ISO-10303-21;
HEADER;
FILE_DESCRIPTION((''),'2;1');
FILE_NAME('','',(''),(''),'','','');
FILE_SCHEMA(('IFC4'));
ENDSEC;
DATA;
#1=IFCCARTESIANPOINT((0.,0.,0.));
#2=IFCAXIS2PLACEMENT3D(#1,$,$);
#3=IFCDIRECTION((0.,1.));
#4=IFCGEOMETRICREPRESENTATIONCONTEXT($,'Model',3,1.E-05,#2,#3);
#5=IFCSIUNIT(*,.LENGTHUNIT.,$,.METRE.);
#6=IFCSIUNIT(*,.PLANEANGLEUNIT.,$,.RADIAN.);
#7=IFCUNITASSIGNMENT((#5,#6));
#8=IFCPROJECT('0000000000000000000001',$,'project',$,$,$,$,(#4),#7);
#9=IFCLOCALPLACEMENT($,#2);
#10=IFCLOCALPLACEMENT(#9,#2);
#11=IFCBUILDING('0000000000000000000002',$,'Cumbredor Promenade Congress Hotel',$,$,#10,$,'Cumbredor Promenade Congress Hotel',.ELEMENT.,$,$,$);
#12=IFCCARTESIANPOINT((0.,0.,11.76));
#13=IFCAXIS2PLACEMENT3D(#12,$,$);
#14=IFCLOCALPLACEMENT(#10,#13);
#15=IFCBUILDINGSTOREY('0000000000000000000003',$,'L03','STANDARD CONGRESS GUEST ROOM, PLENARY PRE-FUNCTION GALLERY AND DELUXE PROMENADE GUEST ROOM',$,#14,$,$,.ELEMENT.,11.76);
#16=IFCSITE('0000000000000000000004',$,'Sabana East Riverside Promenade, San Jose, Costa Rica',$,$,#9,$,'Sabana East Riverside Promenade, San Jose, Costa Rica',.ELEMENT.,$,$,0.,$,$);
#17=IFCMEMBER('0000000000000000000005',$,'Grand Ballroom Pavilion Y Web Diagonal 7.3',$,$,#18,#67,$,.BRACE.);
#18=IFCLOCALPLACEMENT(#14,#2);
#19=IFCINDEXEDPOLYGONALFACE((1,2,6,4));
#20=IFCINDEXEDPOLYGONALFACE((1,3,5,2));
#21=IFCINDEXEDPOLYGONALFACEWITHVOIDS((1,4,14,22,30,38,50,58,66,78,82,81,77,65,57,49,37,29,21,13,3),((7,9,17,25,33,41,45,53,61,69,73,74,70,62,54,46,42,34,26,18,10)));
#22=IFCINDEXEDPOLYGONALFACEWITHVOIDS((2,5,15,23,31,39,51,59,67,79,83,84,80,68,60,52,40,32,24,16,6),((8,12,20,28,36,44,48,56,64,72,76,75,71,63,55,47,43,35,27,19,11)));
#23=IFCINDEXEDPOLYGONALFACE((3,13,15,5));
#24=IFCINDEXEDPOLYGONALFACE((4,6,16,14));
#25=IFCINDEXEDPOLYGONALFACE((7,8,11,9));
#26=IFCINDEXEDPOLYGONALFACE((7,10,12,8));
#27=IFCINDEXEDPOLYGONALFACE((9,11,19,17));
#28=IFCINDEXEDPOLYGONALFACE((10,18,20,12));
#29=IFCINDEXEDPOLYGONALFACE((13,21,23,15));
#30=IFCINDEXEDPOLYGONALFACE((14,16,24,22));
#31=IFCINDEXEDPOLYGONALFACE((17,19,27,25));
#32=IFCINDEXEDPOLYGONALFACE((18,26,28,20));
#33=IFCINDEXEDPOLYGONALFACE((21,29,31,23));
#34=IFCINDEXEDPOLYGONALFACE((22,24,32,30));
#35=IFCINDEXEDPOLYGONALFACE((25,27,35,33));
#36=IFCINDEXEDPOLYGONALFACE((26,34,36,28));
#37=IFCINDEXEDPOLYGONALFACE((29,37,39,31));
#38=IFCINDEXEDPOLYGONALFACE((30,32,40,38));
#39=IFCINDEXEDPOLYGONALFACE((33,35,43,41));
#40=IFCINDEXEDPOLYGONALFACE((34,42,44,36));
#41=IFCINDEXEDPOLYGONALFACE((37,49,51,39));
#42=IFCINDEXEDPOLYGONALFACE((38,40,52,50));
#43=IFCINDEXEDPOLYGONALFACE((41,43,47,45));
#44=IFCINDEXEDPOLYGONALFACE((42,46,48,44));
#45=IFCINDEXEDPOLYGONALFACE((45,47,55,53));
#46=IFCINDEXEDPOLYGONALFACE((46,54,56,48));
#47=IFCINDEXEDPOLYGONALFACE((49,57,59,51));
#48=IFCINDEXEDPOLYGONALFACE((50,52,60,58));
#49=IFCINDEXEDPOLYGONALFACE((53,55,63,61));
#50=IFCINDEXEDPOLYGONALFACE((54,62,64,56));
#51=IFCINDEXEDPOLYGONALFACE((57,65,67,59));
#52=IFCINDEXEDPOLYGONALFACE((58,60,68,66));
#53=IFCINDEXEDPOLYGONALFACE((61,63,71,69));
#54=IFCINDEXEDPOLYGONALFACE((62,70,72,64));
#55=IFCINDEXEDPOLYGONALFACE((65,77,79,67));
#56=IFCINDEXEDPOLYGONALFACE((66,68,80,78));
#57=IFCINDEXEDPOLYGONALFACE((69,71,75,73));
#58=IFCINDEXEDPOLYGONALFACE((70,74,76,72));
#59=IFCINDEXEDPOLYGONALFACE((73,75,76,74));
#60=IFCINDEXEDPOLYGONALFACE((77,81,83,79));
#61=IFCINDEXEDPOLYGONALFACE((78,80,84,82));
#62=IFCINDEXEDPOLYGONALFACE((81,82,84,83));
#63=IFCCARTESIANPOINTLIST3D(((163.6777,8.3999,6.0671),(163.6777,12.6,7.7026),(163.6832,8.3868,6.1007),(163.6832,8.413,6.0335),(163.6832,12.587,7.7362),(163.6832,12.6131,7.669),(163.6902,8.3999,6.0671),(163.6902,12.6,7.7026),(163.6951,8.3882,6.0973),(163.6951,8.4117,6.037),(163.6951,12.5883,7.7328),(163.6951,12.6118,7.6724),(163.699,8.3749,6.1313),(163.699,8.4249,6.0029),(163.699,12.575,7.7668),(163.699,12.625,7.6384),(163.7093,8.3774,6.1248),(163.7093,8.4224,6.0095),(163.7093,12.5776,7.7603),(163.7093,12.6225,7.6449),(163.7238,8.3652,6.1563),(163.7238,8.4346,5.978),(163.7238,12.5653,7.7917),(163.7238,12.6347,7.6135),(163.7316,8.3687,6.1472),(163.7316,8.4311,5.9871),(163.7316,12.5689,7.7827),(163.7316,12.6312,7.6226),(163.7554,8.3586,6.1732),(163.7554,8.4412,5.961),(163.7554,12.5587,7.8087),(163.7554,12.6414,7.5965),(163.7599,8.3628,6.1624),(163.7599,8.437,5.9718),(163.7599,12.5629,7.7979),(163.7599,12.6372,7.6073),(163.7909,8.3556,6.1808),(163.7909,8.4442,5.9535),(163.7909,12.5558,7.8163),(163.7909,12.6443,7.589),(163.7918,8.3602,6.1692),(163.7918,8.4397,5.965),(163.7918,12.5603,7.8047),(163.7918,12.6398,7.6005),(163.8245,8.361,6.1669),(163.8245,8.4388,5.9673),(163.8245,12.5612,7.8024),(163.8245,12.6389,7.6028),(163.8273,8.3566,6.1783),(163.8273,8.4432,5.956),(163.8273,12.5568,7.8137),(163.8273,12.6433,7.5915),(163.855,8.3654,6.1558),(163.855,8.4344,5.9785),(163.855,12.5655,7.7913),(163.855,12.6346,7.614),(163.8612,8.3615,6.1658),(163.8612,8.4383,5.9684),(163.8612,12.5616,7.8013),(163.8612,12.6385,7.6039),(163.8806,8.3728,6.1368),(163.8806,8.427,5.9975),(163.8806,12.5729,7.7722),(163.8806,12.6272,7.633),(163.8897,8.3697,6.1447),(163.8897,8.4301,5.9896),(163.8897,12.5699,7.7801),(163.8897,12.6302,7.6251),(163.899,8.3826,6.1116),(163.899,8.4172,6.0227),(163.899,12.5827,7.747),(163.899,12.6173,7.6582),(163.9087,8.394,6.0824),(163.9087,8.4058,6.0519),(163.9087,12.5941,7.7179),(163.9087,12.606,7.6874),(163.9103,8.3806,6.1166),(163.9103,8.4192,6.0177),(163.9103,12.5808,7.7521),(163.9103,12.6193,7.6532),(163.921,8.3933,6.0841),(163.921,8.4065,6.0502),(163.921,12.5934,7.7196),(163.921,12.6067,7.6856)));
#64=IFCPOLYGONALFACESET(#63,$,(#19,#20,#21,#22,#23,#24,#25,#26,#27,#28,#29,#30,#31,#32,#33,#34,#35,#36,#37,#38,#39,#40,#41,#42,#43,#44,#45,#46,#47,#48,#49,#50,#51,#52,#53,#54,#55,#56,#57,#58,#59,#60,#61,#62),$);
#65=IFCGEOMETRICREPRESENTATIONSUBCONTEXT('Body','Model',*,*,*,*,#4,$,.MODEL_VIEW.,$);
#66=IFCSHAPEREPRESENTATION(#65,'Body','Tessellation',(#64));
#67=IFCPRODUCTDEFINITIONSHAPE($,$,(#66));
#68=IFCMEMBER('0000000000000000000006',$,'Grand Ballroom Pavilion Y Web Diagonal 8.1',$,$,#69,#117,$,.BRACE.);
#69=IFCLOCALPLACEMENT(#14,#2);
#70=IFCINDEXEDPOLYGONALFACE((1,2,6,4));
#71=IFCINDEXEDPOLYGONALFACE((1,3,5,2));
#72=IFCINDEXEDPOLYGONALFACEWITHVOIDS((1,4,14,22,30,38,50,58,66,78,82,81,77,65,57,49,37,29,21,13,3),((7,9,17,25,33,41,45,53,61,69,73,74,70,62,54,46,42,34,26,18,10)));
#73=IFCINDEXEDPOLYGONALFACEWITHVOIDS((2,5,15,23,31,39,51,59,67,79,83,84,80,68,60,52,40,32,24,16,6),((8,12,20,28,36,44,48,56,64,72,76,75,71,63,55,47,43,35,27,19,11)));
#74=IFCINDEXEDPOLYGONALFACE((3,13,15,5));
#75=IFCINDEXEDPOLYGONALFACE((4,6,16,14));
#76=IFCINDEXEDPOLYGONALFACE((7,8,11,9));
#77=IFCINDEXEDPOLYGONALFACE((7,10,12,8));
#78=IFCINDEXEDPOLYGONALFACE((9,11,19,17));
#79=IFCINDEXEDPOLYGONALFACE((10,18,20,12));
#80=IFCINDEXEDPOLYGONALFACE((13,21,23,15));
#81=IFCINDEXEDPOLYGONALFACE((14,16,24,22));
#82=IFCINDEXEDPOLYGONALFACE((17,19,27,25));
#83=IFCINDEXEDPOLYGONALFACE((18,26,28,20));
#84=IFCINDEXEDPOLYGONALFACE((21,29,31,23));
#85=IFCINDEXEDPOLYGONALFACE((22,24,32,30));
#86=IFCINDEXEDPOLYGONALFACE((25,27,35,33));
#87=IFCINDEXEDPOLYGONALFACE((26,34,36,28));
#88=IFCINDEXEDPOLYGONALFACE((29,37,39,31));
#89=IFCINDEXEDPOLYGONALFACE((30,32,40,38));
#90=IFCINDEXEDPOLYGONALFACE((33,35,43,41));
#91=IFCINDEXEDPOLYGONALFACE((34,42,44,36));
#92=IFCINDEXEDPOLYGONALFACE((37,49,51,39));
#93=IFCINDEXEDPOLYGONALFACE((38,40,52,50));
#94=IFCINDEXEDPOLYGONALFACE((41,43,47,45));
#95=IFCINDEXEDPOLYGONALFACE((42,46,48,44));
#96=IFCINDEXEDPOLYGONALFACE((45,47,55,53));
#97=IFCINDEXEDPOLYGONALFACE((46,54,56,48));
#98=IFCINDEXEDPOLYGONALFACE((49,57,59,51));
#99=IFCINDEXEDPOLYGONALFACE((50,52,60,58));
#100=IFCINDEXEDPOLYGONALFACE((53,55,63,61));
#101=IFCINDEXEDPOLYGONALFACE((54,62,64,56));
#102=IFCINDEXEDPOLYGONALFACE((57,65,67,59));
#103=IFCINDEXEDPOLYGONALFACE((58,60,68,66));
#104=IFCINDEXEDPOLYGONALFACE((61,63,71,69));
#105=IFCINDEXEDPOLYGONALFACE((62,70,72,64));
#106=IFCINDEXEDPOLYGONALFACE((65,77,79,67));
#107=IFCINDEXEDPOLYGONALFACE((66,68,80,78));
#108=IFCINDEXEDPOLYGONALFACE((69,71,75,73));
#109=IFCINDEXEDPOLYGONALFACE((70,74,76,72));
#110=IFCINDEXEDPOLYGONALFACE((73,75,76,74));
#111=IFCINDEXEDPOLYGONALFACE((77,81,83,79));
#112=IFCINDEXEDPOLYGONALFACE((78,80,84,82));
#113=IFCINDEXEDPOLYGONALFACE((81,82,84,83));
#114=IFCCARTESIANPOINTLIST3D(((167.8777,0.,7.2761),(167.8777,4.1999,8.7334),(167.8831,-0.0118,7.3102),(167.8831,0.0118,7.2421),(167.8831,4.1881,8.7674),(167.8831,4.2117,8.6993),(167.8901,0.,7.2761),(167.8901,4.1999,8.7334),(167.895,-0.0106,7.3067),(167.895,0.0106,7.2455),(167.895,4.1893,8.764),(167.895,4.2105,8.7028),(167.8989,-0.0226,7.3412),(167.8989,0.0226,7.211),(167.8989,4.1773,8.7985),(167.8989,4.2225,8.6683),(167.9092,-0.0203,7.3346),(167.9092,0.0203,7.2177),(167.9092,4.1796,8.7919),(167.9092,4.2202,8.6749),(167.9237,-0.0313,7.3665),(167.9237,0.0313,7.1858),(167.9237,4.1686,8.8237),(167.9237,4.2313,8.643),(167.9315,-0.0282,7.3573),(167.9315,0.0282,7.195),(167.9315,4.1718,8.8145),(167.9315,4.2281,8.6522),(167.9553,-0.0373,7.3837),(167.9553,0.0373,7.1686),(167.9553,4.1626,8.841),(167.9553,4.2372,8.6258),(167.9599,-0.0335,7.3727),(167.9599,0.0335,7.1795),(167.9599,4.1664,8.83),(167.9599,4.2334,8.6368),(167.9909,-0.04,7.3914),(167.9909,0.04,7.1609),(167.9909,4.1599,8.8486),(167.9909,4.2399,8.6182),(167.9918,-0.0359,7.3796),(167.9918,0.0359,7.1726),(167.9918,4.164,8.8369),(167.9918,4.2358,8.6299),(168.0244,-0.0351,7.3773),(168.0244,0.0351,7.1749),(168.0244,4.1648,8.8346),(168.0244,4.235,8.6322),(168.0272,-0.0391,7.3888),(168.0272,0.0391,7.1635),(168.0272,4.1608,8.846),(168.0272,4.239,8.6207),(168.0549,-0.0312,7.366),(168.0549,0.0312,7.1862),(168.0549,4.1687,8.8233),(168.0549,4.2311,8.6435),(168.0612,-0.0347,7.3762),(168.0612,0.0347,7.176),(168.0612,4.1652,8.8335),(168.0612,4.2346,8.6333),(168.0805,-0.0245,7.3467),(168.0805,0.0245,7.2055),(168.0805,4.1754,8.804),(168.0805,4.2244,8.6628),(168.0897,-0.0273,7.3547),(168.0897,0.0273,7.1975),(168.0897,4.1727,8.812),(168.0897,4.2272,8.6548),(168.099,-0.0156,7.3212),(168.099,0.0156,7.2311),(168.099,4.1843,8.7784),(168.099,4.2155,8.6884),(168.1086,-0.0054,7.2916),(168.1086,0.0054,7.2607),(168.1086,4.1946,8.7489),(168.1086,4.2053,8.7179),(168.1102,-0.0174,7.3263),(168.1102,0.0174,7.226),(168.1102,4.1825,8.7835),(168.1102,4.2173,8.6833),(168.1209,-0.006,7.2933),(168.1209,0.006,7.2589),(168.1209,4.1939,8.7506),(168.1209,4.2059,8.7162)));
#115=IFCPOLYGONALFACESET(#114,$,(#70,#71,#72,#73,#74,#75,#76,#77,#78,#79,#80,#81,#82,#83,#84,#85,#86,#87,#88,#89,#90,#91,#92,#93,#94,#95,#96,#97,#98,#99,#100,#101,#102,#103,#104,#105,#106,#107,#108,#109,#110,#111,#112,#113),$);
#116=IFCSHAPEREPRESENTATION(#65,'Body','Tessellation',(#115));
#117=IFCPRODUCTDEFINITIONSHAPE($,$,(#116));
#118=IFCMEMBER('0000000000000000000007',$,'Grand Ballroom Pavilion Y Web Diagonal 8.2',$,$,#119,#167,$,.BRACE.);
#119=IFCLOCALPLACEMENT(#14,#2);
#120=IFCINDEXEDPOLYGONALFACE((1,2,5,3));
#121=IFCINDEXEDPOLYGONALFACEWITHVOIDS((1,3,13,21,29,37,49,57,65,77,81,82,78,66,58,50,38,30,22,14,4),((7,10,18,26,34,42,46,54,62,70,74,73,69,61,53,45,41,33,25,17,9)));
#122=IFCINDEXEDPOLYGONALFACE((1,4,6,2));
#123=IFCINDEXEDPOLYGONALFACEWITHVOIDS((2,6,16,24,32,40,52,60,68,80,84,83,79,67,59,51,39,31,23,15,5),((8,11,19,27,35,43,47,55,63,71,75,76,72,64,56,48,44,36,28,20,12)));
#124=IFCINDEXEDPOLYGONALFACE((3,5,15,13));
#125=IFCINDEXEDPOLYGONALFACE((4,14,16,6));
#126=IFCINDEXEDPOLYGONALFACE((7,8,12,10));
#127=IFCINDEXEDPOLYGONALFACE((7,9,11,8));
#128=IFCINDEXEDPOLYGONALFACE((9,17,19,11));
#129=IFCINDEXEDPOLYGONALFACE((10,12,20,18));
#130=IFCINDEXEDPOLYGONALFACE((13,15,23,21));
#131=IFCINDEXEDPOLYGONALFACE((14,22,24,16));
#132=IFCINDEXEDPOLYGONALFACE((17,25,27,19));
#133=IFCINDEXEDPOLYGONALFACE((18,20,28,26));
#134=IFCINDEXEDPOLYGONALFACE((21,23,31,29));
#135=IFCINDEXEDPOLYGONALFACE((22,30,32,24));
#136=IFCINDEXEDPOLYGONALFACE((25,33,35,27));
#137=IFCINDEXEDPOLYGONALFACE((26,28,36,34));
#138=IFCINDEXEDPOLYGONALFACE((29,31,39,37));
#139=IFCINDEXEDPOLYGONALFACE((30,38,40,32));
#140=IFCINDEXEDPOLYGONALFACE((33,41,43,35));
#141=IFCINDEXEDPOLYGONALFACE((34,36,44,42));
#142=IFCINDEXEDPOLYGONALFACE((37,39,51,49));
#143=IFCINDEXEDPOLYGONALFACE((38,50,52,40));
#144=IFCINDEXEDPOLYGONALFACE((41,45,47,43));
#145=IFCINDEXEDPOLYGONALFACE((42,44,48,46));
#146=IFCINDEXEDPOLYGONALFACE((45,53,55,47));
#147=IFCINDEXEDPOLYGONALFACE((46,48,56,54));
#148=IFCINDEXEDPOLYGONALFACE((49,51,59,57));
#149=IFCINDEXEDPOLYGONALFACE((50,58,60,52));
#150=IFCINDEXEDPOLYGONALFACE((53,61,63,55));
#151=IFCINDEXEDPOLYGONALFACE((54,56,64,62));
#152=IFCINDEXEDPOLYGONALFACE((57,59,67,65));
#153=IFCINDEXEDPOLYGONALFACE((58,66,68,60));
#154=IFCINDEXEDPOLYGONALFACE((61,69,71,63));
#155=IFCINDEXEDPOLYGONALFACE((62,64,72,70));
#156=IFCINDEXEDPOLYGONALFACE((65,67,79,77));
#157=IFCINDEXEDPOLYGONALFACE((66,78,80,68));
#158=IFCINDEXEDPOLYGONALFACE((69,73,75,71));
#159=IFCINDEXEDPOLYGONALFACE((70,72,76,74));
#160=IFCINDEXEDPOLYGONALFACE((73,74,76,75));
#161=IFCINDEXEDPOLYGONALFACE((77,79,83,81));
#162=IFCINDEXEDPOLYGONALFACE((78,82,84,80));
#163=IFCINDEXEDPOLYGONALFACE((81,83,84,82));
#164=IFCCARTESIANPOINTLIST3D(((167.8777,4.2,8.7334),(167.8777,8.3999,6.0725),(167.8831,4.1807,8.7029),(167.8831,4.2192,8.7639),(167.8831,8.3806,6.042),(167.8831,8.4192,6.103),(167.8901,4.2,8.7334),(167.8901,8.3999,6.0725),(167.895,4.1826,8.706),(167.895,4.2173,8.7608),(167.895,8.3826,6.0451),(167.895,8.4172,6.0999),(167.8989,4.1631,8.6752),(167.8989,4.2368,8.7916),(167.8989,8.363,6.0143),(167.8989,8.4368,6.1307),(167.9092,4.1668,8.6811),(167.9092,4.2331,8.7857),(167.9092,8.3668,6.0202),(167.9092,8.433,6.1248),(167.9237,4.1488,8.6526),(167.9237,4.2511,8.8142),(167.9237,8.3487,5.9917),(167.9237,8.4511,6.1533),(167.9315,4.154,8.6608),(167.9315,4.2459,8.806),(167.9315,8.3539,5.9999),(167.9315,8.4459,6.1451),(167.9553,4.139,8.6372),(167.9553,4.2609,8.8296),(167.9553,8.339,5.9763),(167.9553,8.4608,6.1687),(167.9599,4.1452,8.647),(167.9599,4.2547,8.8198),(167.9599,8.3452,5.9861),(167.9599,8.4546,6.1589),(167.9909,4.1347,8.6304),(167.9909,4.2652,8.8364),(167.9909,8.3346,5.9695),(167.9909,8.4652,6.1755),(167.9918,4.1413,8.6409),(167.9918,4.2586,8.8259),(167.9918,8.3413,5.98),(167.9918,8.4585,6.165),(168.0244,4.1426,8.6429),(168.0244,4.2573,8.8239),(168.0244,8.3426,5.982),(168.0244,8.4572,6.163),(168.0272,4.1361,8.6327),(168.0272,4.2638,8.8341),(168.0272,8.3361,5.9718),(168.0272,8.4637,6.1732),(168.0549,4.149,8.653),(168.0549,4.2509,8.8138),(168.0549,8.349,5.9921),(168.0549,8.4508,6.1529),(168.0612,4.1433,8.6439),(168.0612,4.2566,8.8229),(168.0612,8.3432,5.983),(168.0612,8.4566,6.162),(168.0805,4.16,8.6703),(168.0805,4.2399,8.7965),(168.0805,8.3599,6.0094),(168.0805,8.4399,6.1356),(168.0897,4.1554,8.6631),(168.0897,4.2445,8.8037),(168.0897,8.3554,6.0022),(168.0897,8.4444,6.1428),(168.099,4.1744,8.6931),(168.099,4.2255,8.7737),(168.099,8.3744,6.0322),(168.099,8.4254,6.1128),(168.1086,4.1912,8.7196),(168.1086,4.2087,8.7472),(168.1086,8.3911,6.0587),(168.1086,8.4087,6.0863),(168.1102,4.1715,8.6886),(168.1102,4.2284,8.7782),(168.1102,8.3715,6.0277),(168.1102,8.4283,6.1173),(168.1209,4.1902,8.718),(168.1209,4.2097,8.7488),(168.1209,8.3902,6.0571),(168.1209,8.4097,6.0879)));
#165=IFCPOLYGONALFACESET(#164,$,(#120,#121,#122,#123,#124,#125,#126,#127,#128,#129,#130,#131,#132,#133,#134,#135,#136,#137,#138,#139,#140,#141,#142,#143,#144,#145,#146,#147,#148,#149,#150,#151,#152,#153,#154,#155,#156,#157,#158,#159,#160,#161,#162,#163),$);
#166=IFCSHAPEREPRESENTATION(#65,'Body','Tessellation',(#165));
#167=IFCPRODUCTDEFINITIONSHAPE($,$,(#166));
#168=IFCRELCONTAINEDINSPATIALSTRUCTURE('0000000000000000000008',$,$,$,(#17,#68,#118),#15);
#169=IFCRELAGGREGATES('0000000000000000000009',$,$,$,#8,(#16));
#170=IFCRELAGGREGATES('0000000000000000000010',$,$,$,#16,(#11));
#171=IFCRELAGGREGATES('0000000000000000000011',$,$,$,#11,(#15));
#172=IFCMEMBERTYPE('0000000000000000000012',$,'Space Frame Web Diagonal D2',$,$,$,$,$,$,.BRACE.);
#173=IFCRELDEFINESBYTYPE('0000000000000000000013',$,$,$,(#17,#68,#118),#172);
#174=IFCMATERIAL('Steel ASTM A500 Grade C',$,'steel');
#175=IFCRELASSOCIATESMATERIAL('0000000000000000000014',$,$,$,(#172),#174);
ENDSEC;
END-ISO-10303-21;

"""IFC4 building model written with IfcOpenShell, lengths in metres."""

from ifc_helpers import new_model, si_unit, direction, frame, origin, origin_2d, place, context, subcontext, project, spatial, hollow_circle, extrude, material, material_profile, profile_set, type_object, element, save


model = new_model("IFC4")

# Units and contexts
model_context = context("Model", 3, precision=1e-05, world=origin(), true_north=direction((0.0, 1.0)))
body_context = subcontext(model_context, "Body", "Model", "MODEL_VIEW")
ifc_project = project(units=[si_unit("LENGTHUNIT", "METRE"), si_unit("PLANEANGLEUNIT", "RADIAN")], contexts=[model_context])

# Site, building, storey
site_placement = place(None, origin())
site = spatial("IfcSite", under=ifc_project, at=site_placement, Name="Sabana East Riverside Promenade, San Jose, Costa Rica", LongName="Sabana East Riverside Promenade, San Jose, Costa Rica", CompositionType="ELEMENT", RefElevation=0.0)
building_placement = place(site_placement, origin())
building = spatial("IfcBuilding", under=site, at=building_placement, Name="Cumbredor Promenade Congress Hotel", LongName="Cumbredor Promenade Congress Hotel", CompositionType="ELEMENT")
storey_placement = place(building_placement, frame((0.0, 0.0, 11.76)))
storey = spatial("IfcBuildingStorey", under=building, at=storey_placement, Name="L03", Description="STANDARD CONGRESS GUEST ROOM, PLENARY PRE-FUNCTION GALLERY AND DELUXE PROMENADE GUEST ROOM", CompositionType="ELEMENT", Elevation=11.76)

# Members
ifc_material_1 = material(Name="Steel ASTM A500 Grade C", Category="steel")
ifc_material_profile_1 = material_profile(ifc_material_1, hollow_circle(Radius=0.1223, WallThickness=0.0125, at=origin_2d()), Name="CHS 244.5x12.5")
ifc_profile_set_1 = profile_set([ifc_material_profile_1], Name="Steel ASTM A500 Grade C")
member_type_1 = type_object("IfcMemberType", Name="Space Frame Web Diagonal D2", PredefinedType="BRACE", material=ifc_profile_set_1)
member_1_placement = place(storey_placement, frame((163.8, 8.3999, 6.0671), z_axis=(0.0, 0.931848, 0.362849), x_axis=(-1.0, 0.0, 0.0)))
element("IfcMember", 1, at=member_1_placement, inside=storey, type_object=member_type_1, Name="Grand Ballroom Pavilion Y Web Diagonal 7.3", PredefinedType="BRACE", context=body_context, shape_type="SweptSolid", body=[
    extrude(hollow_circle(Radius=0.1223, WallThickness=0.0125, at=origin_2d()), origin(), (0.0, 0.0, 1.0), 4.5073),
])
member_2_placement = place(storey_placement, frame((168.0, 0.0, 7.2761), z_axis=(0.0, 0.944746, 0.327803), x_axis=(-1.0, 0.0, 0.0)))
element("IfcMember", 2, at=member_2_placement, inside=storey, type_object=member_type_1, Name="Grand Ballroom Pavilion Y Web Diagonal 8.1", PredefinedType="BRACE", context=body_context, shape_type="SweptSolid", body=[
    extrude(hollow_circle(Radius=0.1223, WallThickness=0.0125, at=origin_2d()), origin(), (0.0, 0.0, 1.0), 4.4456),
])
member_3_placement = place(storey_placement, frame((168.0, 4.2, 8.7334), z_axis=(0.0, 0.844735, -0.535184), x_axis=(-1.0, 0.0, 0.0)))
element("IfcMember", 3, at=member_3_placement, inside=storey, type_object=member_type_1, Name="Grand Ballroom Pavilion Y Web Diagonal 8.2", PredefinedType="BRACE", context=body_context, shape_type="SweptSolid", body=[
    extrude(hollow_circle(Radius=0.1223, WallThickness=0.0125, at=origin_2d()), origin(), (0.0, 0.0, 1.0), 4.9719),
])

save(model, "model.ifc")
